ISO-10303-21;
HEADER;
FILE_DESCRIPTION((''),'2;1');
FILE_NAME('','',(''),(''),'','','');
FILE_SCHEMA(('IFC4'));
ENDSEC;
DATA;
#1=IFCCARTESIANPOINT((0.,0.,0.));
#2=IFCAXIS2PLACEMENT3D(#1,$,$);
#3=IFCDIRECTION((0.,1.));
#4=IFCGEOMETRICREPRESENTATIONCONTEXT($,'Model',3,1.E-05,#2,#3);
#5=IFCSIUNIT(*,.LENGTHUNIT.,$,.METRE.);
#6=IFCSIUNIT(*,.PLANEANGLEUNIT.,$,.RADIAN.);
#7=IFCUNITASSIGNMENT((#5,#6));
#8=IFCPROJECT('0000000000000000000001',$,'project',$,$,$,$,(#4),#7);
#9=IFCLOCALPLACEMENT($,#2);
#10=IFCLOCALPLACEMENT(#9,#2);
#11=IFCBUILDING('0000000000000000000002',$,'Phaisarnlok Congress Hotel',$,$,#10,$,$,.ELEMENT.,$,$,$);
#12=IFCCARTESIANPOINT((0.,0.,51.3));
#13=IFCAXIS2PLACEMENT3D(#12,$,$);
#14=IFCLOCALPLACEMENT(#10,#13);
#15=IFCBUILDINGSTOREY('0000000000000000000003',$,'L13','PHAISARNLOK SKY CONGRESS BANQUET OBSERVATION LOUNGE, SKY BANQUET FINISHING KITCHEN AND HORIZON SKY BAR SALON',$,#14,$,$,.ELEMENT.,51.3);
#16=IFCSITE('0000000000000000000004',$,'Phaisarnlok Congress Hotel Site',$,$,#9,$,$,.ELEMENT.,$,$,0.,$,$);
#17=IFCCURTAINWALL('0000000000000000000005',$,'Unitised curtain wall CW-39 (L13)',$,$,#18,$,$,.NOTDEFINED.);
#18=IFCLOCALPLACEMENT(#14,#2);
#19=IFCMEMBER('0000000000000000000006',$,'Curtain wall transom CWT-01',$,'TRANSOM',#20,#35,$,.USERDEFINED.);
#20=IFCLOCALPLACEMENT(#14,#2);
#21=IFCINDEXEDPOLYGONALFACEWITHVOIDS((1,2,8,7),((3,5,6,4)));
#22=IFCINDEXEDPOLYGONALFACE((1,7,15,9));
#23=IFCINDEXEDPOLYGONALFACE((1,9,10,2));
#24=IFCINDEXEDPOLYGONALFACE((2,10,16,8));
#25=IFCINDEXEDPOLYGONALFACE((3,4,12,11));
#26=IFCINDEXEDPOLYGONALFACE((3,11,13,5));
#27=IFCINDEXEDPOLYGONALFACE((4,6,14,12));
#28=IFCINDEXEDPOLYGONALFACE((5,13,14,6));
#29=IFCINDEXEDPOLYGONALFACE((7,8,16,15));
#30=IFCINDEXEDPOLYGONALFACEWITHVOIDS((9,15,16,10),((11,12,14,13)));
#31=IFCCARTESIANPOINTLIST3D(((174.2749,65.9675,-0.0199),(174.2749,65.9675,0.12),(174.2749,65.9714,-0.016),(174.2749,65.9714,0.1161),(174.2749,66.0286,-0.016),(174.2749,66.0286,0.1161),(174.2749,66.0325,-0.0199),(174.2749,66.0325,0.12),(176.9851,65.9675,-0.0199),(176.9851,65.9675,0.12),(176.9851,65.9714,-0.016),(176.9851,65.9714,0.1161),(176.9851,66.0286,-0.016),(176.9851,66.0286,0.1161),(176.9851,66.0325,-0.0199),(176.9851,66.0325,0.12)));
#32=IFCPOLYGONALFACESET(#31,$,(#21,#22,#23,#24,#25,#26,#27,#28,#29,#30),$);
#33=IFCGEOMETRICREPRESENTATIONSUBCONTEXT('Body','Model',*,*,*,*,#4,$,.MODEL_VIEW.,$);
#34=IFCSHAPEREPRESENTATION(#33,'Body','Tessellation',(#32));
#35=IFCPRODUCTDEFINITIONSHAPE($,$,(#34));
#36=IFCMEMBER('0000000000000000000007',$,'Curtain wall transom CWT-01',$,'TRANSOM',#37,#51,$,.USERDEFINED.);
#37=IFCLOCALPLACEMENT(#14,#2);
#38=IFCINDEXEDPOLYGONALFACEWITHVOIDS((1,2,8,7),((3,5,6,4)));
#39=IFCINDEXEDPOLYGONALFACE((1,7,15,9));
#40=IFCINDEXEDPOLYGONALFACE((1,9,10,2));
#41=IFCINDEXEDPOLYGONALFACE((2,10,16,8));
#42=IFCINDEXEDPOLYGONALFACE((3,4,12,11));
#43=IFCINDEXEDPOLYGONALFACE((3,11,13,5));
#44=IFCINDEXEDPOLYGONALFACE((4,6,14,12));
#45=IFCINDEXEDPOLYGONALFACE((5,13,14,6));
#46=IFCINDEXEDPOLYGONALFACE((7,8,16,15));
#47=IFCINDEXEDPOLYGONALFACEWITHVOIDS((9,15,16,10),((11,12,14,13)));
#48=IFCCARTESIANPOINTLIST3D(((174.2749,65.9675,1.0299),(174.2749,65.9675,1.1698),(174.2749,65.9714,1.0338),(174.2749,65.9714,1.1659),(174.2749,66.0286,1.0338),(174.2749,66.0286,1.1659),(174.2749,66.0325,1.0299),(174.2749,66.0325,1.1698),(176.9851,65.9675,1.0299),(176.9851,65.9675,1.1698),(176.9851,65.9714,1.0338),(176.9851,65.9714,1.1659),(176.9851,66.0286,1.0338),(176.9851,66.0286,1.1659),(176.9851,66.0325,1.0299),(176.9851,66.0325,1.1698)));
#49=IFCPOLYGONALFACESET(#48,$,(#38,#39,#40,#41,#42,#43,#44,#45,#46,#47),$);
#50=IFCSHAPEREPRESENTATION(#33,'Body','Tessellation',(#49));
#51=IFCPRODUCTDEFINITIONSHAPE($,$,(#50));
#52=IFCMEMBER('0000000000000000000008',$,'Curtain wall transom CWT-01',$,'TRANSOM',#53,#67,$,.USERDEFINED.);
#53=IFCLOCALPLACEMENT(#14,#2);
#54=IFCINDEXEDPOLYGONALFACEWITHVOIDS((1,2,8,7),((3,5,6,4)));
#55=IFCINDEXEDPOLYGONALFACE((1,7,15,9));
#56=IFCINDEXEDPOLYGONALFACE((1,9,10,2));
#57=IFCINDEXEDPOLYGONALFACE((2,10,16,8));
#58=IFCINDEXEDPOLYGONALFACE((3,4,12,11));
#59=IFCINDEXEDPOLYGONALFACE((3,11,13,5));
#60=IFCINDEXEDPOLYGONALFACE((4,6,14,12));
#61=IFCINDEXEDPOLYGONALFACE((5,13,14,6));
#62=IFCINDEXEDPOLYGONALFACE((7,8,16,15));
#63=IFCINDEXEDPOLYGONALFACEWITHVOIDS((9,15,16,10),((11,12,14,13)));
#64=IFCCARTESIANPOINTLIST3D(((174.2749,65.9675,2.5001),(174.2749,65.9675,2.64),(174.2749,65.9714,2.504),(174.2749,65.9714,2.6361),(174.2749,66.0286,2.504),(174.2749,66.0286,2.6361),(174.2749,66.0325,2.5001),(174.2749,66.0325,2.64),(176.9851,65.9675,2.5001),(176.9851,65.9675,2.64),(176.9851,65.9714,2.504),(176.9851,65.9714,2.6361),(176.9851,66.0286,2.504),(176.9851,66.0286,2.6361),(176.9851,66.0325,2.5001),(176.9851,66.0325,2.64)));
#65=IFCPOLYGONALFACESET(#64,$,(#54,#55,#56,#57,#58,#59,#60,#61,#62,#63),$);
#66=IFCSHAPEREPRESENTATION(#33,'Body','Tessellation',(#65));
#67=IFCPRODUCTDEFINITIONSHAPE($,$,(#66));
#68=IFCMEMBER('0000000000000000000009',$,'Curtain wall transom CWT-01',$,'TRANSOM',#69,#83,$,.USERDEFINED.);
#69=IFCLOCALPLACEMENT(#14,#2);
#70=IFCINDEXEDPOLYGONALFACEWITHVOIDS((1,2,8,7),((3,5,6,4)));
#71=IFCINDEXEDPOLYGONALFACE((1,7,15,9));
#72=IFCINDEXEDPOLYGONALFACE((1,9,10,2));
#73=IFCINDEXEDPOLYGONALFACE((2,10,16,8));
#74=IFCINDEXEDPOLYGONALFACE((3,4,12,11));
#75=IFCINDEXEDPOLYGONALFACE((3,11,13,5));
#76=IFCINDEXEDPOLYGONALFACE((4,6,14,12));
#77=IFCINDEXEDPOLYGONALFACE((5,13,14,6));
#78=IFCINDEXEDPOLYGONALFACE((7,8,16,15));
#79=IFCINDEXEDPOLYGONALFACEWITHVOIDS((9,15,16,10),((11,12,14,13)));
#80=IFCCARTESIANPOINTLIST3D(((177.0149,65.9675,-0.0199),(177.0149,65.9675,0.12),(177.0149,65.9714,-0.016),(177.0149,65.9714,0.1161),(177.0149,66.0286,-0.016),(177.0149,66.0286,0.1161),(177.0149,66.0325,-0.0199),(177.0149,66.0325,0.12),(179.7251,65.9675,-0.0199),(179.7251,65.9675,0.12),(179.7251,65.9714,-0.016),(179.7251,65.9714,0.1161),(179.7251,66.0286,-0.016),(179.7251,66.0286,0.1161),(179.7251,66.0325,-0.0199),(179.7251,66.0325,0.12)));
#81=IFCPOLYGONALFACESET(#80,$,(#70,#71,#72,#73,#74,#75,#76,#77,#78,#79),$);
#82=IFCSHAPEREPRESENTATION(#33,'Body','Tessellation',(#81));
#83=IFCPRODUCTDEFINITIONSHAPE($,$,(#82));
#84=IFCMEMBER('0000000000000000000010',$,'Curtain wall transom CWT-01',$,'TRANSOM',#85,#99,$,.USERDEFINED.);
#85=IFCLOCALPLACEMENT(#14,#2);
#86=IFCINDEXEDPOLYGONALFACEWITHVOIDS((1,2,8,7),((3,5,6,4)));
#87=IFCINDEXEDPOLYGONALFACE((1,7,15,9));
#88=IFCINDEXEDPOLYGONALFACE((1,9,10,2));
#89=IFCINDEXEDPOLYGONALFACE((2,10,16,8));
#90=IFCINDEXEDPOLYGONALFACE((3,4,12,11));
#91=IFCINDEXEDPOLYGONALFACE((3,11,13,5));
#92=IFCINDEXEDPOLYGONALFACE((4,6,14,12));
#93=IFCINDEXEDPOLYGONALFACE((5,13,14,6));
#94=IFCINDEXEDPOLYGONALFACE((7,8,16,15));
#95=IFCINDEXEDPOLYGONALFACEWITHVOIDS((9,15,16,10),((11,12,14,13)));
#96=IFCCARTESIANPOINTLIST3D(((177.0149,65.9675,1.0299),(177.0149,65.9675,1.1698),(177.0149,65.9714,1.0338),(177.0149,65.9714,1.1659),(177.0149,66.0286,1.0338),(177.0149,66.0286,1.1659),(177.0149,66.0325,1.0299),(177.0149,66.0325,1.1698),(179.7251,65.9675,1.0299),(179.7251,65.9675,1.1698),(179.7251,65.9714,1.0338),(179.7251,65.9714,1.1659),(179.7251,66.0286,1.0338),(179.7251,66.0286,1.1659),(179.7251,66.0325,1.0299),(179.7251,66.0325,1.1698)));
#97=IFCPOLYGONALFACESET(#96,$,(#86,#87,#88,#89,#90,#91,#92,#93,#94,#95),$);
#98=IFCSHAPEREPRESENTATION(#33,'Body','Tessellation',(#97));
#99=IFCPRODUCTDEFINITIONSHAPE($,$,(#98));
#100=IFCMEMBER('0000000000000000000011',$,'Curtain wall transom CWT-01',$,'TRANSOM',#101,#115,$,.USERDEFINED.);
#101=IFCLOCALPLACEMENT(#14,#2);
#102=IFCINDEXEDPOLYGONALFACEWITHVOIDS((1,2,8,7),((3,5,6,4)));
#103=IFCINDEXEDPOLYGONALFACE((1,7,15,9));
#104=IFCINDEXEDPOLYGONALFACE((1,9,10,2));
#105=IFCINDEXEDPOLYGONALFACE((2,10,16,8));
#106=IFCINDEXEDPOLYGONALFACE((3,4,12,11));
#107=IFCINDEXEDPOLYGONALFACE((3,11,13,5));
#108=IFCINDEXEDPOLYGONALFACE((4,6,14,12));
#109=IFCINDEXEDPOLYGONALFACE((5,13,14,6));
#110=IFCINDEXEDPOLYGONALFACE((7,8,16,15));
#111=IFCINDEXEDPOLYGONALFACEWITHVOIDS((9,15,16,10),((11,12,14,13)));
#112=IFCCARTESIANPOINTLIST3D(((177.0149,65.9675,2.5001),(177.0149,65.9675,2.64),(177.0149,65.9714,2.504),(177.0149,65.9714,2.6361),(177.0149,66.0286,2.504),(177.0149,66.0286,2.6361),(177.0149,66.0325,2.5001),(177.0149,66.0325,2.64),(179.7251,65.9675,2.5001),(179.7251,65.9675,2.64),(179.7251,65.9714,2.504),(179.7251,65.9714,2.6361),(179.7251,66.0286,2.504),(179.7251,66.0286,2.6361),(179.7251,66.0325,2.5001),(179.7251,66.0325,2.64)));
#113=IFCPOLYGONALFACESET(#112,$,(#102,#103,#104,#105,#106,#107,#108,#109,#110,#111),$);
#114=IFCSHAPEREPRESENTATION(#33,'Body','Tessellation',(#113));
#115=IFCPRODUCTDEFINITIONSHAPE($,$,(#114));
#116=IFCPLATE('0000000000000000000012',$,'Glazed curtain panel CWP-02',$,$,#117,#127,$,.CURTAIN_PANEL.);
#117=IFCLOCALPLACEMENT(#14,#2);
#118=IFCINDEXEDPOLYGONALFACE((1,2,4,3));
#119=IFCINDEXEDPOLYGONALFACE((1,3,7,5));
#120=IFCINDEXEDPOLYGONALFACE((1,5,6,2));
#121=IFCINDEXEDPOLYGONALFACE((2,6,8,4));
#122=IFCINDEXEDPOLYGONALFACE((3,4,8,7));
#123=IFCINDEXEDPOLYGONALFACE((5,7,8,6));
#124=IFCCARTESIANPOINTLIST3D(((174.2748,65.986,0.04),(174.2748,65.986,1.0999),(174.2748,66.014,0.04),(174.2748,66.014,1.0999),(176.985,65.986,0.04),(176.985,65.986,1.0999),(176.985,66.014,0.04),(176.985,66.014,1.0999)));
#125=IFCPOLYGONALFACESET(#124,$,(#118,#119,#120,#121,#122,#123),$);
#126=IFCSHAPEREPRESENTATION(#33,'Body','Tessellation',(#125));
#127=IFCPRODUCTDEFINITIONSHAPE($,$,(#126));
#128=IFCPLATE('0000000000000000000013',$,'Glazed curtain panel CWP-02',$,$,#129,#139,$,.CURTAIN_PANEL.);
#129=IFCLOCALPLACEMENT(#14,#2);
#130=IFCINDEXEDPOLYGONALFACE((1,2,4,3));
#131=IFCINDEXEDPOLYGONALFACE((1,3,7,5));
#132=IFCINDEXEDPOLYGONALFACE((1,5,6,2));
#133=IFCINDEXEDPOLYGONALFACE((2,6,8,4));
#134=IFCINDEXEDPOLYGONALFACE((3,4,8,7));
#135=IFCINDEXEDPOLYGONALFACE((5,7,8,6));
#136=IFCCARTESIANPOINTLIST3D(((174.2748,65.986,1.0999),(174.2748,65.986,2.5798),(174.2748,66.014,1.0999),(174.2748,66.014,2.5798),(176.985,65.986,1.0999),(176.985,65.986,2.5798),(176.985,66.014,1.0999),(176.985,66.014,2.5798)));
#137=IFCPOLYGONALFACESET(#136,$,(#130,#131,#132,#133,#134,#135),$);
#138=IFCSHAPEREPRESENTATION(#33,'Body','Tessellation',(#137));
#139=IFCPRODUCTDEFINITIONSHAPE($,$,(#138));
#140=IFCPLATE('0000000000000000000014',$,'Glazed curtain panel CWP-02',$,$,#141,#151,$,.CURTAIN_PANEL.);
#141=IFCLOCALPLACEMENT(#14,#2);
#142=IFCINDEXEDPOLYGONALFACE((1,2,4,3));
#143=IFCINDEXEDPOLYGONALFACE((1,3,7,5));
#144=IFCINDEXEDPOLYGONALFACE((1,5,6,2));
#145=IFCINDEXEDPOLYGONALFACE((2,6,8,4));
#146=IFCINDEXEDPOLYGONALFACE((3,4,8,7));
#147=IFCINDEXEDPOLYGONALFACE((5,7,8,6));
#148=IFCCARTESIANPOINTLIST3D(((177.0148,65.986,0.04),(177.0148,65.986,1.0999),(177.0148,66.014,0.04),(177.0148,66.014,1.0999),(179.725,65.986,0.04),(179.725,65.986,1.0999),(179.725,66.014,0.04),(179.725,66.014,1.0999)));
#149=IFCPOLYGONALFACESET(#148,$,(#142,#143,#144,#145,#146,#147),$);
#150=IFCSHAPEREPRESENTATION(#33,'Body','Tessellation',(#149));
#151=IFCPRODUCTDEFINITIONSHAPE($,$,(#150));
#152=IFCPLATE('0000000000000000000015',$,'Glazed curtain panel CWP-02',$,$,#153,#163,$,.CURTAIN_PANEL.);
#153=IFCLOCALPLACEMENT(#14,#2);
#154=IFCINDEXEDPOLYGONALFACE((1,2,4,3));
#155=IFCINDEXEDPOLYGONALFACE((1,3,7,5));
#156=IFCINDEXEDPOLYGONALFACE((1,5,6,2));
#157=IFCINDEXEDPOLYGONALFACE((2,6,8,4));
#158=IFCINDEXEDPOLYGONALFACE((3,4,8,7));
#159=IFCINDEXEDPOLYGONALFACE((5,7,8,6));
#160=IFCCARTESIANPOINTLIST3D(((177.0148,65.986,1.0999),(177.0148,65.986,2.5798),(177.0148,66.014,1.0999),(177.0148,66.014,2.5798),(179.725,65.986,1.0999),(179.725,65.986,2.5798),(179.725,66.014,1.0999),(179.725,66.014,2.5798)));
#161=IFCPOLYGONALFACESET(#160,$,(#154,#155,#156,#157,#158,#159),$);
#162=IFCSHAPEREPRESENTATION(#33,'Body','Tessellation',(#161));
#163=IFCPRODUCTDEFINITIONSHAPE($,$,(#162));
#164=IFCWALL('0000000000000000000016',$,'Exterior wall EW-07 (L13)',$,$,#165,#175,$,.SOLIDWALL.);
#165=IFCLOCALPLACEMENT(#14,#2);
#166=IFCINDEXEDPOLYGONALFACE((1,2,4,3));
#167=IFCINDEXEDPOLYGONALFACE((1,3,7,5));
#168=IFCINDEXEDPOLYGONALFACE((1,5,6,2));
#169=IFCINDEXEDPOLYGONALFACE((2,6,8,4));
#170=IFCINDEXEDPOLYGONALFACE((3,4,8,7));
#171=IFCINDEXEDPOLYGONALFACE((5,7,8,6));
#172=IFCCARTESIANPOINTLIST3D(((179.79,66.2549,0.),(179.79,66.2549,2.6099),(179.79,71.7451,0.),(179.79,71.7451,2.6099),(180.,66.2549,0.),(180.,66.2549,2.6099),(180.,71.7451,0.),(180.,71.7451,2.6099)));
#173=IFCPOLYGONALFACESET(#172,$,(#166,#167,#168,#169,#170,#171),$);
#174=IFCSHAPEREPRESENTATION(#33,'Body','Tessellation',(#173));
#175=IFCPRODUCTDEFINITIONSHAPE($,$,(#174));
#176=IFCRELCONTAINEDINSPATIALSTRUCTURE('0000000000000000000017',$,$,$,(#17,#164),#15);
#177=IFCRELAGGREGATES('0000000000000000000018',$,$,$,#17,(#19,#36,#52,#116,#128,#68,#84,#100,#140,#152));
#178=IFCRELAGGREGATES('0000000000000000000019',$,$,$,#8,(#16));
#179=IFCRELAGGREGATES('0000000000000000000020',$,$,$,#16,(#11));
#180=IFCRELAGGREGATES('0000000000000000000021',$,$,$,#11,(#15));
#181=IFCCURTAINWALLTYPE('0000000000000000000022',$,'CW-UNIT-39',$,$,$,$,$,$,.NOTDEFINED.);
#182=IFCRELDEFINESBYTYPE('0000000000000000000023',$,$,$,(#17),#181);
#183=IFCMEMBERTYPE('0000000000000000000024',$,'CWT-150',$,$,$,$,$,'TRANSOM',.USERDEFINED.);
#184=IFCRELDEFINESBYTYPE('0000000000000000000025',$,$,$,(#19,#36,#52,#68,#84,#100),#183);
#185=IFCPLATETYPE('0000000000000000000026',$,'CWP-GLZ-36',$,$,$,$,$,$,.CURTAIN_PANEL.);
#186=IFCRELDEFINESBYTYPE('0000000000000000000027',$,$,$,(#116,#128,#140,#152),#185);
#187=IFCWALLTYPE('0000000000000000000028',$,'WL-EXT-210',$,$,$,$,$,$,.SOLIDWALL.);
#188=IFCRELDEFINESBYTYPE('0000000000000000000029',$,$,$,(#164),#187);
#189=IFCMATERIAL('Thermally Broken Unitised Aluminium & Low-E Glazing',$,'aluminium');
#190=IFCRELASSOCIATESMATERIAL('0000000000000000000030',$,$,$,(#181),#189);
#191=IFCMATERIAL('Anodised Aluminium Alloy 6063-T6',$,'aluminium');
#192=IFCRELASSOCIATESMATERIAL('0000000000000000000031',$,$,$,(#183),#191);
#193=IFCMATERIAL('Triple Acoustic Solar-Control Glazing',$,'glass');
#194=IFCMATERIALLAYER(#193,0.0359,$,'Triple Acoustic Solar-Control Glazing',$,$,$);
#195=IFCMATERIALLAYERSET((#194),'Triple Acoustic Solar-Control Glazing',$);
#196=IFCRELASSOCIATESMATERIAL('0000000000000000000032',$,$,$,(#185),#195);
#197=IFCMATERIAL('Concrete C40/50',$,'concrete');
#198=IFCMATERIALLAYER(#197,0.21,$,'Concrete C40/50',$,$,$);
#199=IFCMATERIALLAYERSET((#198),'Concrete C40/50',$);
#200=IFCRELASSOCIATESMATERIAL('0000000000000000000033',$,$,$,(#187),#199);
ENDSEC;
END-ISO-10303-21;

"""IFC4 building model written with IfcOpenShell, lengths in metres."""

from ifc_helpers import new_model, si_unit, direction, frame, frame_2d, origin, origin_2d, place, context, subcontext, project, spatial, rectangle, hollow_rectangle, extrude, material, layer, layer_set, material_profile, profile_set, type_object, element, aggregate, save


model = new_model("IFC4")

# Units and contexts
model_context = context("Model", 3, precision=1e-05, world=origin(), true_north=direction((0.0, 1.0)))
body_context = subcontext(model_context, "Body", "Model", "MODEL_VIEW")
ifc_project = project(units=[si_unit("LENGTHUNIT", "METRE"), si_unit("PLANEANGLEUNIT", "RADIAN")], contexts=[model_context])

# Site, building, storey
site_placement = place(None, origin())
site = spatial("IfcSite", under=ifc_project, at=site_placement, Name="Phaisarnlok Congress Hotel Site", CompositionType="ELEMENT", RefElevation=0.0)
building_placement = place(site_placement, origin())
building = spatial("IfcBuilding", under=site, at=building_placement, Name="Phaisarnlok Congress Hotel", CompositionType="ELEMENT")
storey_placement = place(building_placement, frame((0.0, 0.0, 51.3)))
storey = spatial("IfcBuildingStorey", under=building, at=storey_placement, Name="L13", Description="PHAISARNLOK SKY CONGRESS BANQUET OBSERVATION LOUNGE, SKY BANQUET FINISHING KITCHEN AND HORIZON SKY BAR SALON", CompositionType="ELEMENT", Elevation=51.3)

# Curtain wall, members, plates
ifc_material_1 = material(Name="Thermally Broken Unitised Aluminium & Low-E Glazing", Category="aluminium")
curtain_wall_type = type_object("IfcCurtainWallType", Name="CW-UNIT-39", PredefinedType="NOTDEFINED", material=ifc_material_1)
curtain_wall_placement = place(storey_placement, origin())
curtain_wall = element("IfcCurtainWall", 1, at=curtain_wall_placement, inside=storey, type_object=curtain_wall_type, Name="Unitised curtain wall CW-39 (L13)", PredefinedType="NOTDEFINED")
ifc_material_2 = material(Name="Anodised Aluminium Alloy 6063-T6", Category="aluminium")
ifc_material_profile_1 = material_profile(ifc_material_2, hollow_rectangle(XDim=0.0649, YDim=0.1399, WallThickness=0.0039, at=origin_2d()), Name="ALU-T 65x140x4")
ifc_profile_set_1 = profile_set([ifc_material_profile_1], Name="Anodised Aluminium Alloy 6063-T6")
member_type_1 = type_object("IfcMemberType", Name="CWT-150", ElementType="TRANSOM", PredefinedType="USERDEFINED", material=ifc_profile_set_1)
member_1_placement = place(storey_placement, frame((174.2749, 66.0, 0.05), z_axis=(1.0, 0.0, 0.0), x_axis=(0.0, 1.0, 0.0)))
member_1 = element("IfcMember", 2, at=member_1_placement, type_object=member_type_1, Name="Curtain wall transom CWT-01", ObjectType="TRANSOM", PredefinedType="USERDEFINED", context=body_context, shape_type="SweptSolid", body=[
    extrude(hollow_rectangle(XDim=0.0649, YDim=0.1399, WallThickness=0.0039, at=origin_2d()), origin(), (0.0, 0.0, 1.0), 2.7102),
])
member_2_placement = place(storey_placement, frame((174.2749, 66.0, 1.0999), z_axis=(1.0, 0.0, 0.0), x_axis=(0.0, 1.0, 0.0)))
member_2 = element("IfcMember", 3, at=member_2_placement, type_object=member_type_1, Name="Curtain wall transom CWT-01", ObjectType="TRANSOM", PredefinedType="USERDEFINED", context=body_context, shape_type="SweptSolid", body=[
    extrude(hollow_rectangle(XDim=0.0649, YDim=0.1399, WallThickness=0.0039, at=origin_2d()), origin(), (0.0, 0.0, 1.0), 2.7102),
])
member_3_placement = place(storey_placement, frame((174.2749, 66.0, 2.5701), z_axis=(1.0, 0.0, 0.0), x_axis=(0.0, 1.0, 0.0)))
member_3 = element("IfcMember", 4, at=member_3_placement, type_object=member_type_1, Name="Curtain wall transom CWT-01", ObjectType="TRANSOM", PredefinedType="USERDEFINED", context=body_context, shape_type="SweptSolid", body=[
    extrude(hollow_rectangle(XDim=0.0649, YDim=0.1399, WallThickness=0.0039, at=origin_2d()), origin(), (0.0, 0.0, 1.0), 2.7102),
])
member_4_placement = place(storey_placement, frame((177.0149, 66.0, 0.05), z_axis=(1.0, 0.0, 0.0), x_axis=(0.0, 1.0, 0.0)))
member_4 = element("IfcMember", 5, at=member_4_placement, type_object=member_type_1, Name="Curtain wall transom CWT-01", ObjectType="TRANSOM", PredefinedType="USERDEFINED", context=body_context, shape_type="SweptSolid", body=[
    extrude(hollow_rectangle(XDim=0.0649, YDim=0.1399, WallThickness=0.0039, at=origin_2d()), origin(), (0.0, 0.0, 1.0), 2.7102),
])
member_5_placement = place(storey_placement, frame((177.0149, 66.0, 1.0999), z_axis=(1.0, 0.0, 0.0), x_axis=(0.0, 1.0, 0.0)))
member_5 = element("IfcMember", 6, at=member_5_placement, type_object=member_type_1, Name="Curtain wall transom CWT-01", ObjectType="TRANSOM", PredefinedType="USERDEFINED", context=body_context, shape_type="SweptSolid", body=[
    extrude(hollow_rectangle(XDim=0.0649, YDim=0.1399, WallThickness=0.0039, at=origin_2d()), origin(), (0.0, 0.0, 1.0), 2.7102),
])
member_6_placement = place(storey_placement, frame((177.0149, 66.0, 2.5701), z_axis=(1.0, 0.0, 0.0), x_axis=(0.0, 1.0, 0.0)))
member_6 = element("IfcMember", 7, at=member_6_placement, type_object=member_type_1, Name="Curtain wall transom CWT-01", ObjectType="TRANSOM", PredefinedType="USERDEFINED", context=body_context, shape_type="SweptSolid", body=[
    extrude(hollow_rectangle(XDim=0.0649, YDim=0.1399, WallThickness=0.0039, at=origin_2d()), origin(), (0.0, 0.0, 1.0), 2.7102),
])
ifc_material_3 = material(Name="Triple Acoustic Solar-Control Glazing", Category="glass")
ifc_layer_1 = layer(ifc_material_3, 0.0359, Name="Triple Acoustic Solar-Control Glazing")
ifc_layer_set_1 = layer_set([ifc_layer_1], Name="Triple Acoustic Solar-Control Glazing")
plate_type = type_object("IfcPlateType", Name="CWP-GLZ-36", PredefinedType="CURTAIN_PANEL", material=ifc_layer_set_1)
plate_1_placement = place(storey_placement, frame((174.2749, 66.0, 0.04), z_axis=(0.0, 0.0, 1.0), x_axis=(1.0, 0.0, 0.0)))
plate_1 = element("IfcPlate", 8, at=plate_1_placement, type_object=plate_type, Name="Glazed curtain panel CWP-02", PredefinedType="CURTAIN_PANEL", context=body_context, shape_type="SweptSolid", body=[
    extrude(rectangle(XDim=2.7102, YDim=0.0281, at=frame_2d((1.355, 0.0))), origin(), (0.0, 0.0, 1.0), 1.0598),
])
plate_2_placement = place(storey_placement, frame((174.2749, 66.0, 1.0999), z_axis=(0.0, 0.0, 1.0), x_axis=(1.0, 0.0, 0.0)))
plate_2 = element("IfcPlate", 9, at=plate_2_placement, type_object=plate_type, Name="Glazed curtain panel CWP-02", PredefinedType="CURTAIN_PANEL", context=body_context, shape_type="SweptSolid", body=[
    extrude(rectangle(XDim=2.7102, YDim=0.0281, at=frame_2d((1.355, 0.0))), origin(), (0.0, 0.0, 1.0), 1.48),
])
plate_3_placement = place(storey_placement, frame((177.0149, 66.0, 0.04), z_axis=(0.0, 0.0, 1.0), x_axis=(1.0, 0.0, 0.0)))
plate_3 = element("IfcPlate", 10, at=plate_3_placement, type_object=plate_type, Name="Glazed curtain panel CWP-02", PredefinedType="CURTAIN_PANEL", context=body_context, shape_type="SweptSolid", body=[
    extrude(rectangle(XDim=2.7102, YDim=0.0281, at=frame_2d((1.355, 0.0))), origin(), (0.0, 0.0, 1.0), 1.0598),
])
plate_4_placement = place(storey_placement, frame((177.0149, 66.0, 1.0999), z_axis=(0.0, 0.0, 1.0), x_axis=(1.0, 0.0, 0.0)))
plate_4 = element("IfcPlate", 11, at=plate_4_placement, type_object=plate_type, Name="Glazed curtain panel CWP-02", PredefinedType="CURTAIN_PANEL", context=body_context, shape_type="SweptSolid", body=[
    extrude(rectangle(XDim=2.7102, YDim=0.0281, at=frame_2d((1.355, 0.0))), origin(), (0.0, 0.0, 1.0), 1.48),
])
aggregate(curtain_wall, [member_1, member_2, member_3, plate_1, plate_2, member_4, member_5, member_6, plate_3, plate_4])

# Wall
ifc_material_4 = material(Name="Concrete C40/50", Category="concrete")
ifc_layer_2 = layer(ifc_material_4, 0.21, Name="Concrete C40/50")
ifc_layer_set_2 = layer_set([ifc_layer_2], Name="Concrete C40/50")
wall_type_1 = type_object("IfcWallType", Name="WL-EXT-210", PredefinedType="SOLIDWALL", material=ifc_layer_set_2)
wall_1_placement = place(storey_placement, frame((179.895, 66.2549, 0.0), z_axis=(0.0, 0.0, 1.0), x_axis=(0.0, 1.0, 0.0)))
element("IfcWall", 12, at=wall_1_placement, inside=storey, type_object=wall_type_1, Name="Exterior wall EW-07 (L13)", PredefinedType="SOLIDWALL", context=body_context, shape_type="SweptSolid", body=[
    extrude(rectangle(XDim=5.4902, YDim=0.21, at=frame_2d((2.7451, 0.0))), origin(), (0.0, 0.0, 1.0), 2.6099),
])

save(model, "model.ifc")
